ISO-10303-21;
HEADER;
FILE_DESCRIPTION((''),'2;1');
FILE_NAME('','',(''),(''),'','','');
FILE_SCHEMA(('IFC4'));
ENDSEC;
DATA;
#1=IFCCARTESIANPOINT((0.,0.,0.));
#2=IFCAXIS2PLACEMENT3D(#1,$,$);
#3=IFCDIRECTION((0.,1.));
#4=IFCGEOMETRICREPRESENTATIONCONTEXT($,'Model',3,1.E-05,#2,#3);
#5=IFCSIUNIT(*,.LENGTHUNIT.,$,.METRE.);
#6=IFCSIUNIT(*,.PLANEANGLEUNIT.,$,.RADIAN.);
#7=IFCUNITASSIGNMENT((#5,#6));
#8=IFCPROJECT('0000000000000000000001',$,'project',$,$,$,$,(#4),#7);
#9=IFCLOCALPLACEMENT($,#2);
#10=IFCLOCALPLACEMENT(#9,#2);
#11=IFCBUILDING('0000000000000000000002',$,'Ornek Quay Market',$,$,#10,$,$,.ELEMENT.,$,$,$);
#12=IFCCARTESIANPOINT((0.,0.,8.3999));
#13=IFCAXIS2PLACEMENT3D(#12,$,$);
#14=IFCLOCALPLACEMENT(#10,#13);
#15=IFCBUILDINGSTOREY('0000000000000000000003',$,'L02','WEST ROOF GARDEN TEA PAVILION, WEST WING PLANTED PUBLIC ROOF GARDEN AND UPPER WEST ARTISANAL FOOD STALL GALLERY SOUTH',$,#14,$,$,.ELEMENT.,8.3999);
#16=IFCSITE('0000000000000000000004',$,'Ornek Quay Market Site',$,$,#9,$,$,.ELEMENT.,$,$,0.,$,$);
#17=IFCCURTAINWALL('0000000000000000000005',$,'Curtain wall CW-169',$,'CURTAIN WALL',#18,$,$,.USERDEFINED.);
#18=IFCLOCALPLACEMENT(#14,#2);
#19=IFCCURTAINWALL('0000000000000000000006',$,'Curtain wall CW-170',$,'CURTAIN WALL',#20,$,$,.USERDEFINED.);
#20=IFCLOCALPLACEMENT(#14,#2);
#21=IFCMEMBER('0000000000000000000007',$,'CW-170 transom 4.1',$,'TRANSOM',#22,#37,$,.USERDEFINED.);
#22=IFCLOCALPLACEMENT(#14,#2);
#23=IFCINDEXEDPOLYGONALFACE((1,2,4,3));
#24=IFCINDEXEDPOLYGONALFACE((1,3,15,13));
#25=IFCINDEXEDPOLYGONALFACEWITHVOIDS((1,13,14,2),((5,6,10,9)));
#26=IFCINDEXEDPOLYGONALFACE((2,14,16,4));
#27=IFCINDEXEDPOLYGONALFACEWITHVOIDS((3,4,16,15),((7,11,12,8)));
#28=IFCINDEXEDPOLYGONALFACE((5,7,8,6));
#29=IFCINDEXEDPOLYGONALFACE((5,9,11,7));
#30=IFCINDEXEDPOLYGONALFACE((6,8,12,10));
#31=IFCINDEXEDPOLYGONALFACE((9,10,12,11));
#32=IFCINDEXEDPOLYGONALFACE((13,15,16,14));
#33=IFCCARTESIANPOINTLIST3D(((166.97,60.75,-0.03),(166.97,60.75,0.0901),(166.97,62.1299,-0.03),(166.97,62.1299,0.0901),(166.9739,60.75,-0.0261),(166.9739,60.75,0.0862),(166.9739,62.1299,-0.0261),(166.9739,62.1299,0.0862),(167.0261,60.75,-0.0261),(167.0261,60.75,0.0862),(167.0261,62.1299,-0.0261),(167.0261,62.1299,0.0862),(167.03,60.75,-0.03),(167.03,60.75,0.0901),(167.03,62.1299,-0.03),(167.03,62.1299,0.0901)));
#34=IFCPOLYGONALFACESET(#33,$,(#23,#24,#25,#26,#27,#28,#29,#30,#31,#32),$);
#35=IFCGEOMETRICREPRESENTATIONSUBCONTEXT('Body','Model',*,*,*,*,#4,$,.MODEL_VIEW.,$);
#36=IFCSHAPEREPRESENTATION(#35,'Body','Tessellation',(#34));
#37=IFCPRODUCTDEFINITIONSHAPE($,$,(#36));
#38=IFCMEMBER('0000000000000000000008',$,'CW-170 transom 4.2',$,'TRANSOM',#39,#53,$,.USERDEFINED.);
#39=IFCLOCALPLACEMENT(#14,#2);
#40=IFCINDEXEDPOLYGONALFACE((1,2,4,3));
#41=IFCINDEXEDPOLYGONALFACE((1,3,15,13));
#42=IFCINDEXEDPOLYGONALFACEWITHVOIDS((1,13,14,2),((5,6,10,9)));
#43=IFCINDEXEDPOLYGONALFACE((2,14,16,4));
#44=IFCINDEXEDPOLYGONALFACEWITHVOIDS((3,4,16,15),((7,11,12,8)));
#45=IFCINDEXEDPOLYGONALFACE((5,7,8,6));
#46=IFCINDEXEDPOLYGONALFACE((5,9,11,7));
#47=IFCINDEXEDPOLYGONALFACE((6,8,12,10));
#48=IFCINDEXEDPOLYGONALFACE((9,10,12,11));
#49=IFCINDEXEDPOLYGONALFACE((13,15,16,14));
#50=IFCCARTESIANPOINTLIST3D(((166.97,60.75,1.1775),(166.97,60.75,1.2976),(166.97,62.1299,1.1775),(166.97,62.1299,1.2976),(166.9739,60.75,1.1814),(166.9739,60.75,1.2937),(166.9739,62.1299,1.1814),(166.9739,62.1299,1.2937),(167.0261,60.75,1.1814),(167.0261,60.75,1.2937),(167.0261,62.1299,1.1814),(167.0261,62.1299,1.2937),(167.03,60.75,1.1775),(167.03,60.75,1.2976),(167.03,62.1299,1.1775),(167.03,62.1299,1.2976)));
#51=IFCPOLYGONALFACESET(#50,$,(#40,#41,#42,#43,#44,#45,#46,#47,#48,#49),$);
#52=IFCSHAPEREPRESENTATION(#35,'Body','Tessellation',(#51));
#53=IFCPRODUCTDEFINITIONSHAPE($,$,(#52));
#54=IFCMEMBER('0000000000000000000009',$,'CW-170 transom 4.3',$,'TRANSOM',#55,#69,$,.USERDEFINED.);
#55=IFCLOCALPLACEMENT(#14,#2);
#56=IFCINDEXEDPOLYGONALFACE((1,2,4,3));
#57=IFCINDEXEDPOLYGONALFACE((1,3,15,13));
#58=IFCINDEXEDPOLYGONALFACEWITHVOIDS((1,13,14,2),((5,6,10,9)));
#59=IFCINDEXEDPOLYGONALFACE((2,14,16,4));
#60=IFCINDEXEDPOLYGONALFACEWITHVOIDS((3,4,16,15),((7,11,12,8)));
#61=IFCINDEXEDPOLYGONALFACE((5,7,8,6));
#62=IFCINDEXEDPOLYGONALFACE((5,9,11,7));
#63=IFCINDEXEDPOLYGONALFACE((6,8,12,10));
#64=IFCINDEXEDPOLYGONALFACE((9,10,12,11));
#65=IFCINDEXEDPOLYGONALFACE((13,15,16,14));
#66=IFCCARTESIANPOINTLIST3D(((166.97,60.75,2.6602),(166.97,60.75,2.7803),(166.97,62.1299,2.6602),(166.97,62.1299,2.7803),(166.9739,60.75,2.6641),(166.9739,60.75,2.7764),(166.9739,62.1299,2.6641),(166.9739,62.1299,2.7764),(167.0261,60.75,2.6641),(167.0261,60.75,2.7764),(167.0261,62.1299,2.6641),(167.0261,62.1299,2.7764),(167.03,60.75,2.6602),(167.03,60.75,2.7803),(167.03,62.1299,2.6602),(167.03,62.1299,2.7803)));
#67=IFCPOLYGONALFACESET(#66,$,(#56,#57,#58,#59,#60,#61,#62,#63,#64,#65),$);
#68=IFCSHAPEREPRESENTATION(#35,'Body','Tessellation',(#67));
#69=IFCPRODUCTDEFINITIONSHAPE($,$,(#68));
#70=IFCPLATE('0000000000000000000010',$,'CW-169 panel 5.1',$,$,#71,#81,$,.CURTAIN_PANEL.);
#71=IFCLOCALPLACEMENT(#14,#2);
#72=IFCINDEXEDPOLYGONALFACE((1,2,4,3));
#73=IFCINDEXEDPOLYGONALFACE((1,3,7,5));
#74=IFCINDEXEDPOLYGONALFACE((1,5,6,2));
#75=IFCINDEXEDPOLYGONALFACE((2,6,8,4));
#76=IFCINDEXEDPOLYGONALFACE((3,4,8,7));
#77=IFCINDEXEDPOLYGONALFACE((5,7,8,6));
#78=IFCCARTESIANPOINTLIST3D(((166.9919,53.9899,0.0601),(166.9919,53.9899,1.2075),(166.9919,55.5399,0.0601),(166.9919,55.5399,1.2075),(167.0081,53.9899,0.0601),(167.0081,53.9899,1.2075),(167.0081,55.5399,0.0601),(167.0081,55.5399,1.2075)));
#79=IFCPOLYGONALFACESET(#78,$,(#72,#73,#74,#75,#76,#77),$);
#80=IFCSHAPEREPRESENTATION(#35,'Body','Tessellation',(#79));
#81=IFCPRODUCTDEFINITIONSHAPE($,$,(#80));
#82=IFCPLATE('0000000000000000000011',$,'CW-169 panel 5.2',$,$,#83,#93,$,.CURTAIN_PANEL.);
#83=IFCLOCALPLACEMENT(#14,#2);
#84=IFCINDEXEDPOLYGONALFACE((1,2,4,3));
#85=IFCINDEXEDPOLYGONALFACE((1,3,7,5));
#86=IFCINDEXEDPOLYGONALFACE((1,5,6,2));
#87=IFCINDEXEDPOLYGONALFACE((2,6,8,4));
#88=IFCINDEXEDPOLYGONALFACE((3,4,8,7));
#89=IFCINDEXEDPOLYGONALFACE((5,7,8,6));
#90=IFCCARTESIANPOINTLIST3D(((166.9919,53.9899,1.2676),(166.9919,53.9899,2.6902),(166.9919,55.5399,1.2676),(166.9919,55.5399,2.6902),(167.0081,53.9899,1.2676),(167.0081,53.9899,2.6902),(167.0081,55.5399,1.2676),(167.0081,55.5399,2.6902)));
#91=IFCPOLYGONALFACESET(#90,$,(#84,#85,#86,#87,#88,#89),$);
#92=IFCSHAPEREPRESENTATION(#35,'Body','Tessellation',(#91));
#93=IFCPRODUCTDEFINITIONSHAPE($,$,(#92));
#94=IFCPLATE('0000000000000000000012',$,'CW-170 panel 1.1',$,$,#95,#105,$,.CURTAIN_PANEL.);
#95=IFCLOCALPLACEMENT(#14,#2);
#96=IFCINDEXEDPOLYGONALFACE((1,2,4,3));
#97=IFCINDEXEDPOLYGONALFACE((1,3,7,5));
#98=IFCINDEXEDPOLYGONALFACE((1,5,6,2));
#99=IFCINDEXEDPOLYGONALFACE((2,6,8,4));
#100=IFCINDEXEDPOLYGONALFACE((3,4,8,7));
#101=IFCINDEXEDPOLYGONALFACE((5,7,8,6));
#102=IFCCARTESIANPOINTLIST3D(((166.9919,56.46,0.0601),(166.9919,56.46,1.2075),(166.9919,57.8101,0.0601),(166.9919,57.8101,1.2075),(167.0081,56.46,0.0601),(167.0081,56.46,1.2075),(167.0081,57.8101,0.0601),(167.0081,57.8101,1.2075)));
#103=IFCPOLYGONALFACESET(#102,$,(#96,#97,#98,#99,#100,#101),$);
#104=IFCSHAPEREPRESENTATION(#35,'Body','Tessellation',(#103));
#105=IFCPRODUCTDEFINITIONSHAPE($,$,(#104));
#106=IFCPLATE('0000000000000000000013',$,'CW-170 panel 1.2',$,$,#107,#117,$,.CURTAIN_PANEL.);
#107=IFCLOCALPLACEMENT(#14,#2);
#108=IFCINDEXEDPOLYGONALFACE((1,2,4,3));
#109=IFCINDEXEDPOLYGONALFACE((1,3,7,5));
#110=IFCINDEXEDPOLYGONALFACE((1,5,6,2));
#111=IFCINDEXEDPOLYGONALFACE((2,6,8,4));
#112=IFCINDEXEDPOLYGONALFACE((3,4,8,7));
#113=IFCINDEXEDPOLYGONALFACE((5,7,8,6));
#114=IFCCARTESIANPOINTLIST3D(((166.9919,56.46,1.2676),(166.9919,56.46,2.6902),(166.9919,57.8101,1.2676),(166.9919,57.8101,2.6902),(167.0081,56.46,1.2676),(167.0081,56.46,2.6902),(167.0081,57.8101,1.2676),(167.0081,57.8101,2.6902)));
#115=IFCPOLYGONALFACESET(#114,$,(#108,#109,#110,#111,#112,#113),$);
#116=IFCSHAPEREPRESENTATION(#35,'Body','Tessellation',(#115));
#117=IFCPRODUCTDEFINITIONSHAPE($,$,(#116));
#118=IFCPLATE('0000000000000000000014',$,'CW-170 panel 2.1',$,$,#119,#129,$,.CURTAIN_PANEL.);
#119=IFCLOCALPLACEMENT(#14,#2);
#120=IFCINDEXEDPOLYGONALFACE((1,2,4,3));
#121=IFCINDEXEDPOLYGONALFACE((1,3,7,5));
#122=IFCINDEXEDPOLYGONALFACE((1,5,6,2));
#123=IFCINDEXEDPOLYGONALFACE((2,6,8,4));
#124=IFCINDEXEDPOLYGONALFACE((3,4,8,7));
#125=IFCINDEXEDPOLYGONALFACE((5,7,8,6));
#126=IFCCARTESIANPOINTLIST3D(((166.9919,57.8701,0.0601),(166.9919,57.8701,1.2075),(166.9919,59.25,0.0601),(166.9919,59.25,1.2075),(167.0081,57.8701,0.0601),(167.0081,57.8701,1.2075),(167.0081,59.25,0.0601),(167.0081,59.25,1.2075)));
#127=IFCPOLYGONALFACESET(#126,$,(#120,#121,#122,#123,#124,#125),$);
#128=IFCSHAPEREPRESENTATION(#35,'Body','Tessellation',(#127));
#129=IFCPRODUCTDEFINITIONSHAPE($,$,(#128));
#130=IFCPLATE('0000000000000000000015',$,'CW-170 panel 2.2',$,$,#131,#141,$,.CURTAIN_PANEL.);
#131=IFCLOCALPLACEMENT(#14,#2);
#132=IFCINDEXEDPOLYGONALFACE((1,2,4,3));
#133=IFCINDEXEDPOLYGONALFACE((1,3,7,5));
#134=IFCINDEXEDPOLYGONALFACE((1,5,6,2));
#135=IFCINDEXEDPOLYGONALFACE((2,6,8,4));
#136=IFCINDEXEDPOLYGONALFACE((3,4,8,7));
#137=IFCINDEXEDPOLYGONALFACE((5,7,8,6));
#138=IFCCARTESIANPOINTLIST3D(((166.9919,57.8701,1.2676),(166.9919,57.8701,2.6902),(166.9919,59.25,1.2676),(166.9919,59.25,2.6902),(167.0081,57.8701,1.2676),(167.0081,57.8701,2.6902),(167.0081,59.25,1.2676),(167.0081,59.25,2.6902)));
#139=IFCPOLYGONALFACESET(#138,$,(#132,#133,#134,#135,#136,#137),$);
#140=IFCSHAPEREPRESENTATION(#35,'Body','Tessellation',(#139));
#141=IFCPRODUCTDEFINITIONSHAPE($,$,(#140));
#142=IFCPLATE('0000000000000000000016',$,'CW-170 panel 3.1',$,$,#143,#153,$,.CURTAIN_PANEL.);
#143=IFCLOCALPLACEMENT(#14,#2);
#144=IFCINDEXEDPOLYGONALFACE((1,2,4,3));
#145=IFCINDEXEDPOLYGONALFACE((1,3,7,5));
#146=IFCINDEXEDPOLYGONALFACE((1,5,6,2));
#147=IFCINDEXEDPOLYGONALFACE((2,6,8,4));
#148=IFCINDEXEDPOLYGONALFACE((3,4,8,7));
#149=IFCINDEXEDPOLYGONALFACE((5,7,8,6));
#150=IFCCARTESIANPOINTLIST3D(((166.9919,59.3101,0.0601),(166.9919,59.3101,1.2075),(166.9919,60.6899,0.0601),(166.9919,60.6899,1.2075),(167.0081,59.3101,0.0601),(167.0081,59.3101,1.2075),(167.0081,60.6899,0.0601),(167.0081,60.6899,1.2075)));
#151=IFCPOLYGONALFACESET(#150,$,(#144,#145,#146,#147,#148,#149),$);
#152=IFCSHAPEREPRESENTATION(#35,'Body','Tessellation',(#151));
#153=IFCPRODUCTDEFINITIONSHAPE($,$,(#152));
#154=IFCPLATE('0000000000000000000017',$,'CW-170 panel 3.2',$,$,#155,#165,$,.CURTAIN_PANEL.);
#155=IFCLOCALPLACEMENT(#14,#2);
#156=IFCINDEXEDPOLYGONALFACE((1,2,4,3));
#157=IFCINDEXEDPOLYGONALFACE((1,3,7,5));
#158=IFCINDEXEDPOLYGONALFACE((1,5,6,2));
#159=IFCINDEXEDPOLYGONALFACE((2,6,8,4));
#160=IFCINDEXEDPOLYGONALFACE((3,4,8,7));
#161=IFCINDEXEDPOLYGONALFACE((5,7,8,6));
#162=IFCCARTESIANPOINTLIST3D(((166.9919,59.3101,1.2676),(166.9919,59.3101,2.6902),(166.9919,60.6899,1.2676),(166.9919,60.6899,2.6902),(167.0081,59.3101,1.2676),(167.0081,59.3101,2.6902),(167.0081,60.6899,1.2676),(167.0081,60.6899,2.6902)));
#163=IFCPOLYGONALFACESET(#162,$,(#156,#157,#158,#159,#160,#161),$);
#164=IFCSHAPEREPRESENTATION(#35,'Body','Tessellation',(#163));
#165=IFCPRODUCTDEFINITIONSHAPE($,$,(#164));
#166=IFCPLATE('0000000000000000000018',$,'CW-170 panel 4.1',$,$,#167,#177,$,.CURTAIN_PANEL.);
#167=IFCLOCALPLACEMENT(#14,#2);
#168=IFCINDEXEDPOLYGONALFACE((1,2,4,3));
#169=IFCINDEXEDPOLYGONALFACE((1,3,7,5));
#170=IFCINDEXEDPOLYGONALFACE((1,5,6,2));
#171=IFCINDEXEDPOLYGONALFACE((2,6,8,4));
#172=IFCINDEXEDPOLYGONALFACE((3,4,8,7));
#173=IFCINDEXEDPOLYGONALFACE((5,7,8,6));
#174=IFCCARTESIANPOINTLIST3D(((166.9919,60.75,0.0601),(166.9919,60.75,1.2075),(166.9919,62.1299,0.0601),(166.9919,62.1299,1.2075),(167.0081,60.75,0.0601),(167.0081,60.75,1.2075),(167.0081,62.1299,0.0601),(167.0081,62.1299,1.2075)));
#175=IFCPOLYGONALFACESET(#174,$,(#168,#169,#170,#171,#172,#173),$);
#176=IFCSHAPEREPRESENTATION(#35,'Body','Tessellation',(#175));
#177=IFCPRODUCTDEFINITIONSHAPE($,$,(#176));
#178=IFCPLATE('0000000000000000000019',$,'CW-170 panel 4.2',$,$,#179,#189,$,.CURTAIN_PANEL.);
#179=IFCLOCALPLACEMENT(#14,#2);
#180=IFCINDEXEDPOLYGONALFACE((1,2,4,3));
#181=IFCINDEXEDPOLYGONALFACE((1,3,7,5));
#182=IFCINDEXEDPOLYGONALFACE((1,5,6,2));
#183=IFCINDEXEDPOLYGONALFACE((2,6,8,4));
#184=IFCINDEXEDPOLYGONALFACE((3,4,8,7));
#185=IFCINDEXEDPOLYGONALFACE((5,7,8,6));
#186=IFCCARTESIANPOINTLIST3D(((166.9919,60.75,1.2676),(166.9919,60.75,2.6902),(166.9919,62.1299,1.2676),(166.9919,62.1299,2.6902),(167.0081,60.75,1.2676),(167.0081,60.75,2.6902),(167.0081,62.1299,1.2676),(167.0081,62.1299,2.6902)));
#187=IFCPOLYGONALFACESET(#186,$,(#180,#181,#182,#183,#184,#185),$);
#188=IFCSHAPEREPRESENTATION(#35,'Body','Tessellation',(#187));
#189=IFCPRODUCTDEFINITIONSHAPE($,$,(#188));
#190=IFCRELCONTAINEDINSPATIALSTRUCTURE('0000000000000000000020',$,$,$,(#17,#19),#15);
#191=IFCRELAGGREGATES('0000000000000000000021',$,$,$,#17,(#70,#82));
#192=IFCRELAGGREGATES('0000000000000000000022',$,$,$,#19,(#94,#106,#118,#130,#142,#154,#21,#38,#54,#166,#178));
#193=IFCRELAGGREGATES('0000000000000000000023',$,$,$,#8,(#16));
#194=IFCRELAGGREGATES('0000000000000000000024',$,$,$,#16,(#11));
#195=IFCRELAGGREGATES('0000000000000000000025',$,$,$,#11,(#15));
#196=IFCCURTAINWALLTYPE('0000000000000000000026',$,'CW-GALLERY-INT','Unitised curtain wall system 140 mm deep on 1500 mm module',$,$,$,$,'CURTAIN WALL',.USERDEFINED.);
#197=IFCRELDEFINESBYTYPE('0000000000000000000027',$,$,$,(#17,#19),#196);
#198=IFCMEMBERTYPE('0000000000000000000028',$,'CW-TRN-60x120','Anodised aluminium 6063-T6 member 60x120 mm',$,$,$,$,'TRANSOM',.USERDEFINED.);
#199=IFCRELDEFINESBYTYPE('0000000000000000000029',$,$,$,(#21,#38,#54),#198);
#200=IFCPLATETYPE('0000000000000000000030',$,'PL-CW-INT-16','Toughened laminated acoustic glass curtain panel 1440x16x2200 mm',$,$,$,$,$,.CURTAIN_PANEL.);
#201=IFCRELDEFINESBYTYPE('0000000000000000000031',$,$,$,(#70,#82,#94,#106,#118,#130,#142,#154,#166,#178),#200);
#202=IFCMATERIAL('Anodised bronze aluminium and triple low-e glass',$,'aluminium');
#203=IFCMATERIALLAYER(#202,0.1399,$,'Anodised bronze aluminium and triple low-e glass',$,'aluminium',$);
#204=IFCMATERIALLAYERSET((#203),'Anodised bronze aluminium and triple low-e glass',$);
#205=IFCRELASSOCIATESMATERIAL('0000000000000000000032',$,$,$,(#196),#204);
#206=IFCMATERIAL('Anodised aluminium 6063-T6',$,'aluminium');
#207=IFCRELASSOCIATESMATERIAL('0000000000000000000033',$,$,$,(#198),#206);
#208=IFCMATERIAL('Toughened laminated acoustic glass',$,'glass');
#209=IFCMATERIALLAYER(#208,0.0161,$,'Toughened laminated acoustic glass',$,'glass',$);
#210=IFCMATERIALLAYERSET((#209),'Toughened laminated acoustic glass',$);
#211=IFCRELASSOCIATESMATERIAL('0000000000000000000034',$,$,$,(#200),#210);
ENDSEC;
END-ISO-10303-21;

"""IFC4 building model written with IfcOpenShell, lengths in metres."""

from ifc_helpers import new_model, si_unit, direction, frame, origin, origin_2d, place, context, subcontext, project, spatial, rectangle, hollow_rectangle, extrude, material, layer, layer_set, material_profile, profile_set, type_object, element, aggregate, save


model = new_model("IFC4")

# Units and contexts
model_context = context("Model", 3, precision=1e-05, world=origin(), true_north=direction((0.0, 1.0)))
body_context = subcontext(model_context, "Body", "Model", "MODEL_VIEW")
ifc_project = project(units=[si_unit("LENGTHUNIT", "METRE"), si_unit("PLANEANGLEUNIT", "RADIAN")], contexts=[model_context])

# Site, building, storey
site_placement = place(None, origin())
site = spatial("IfcSite", under=ifc_project, at=site_placement, Name="Ornek Quay Market Site", CompositionType="ELEMENT", RefElevation=0.0)
building_placement = place(site_placement, origin())
building = spatial("IfcBuilding", under=site, at=building_placement, Name="Ornek Quay Market", CompositionType="ELEMENT")
storey_placement = place(building_placement, frame((0.0, 0.0, 8.3999)))
storey = spatial("IfcBuildingStorey", under=building, at=storey_placement, Name="L02", Description="WEST ROOF GARDEN TEA PAVILION, WEST WING PLANTED PUBLIC ROOF GARDEN AND UPPER WEST ARTISANAL FOOD STALL GALLERY SOUTH", CompositionType="ELEMENT", Elevation=8.3999)

# Curtain wall
ifc_material_1 = material(Name="Anodised bronze aluminium and triple low-e glass", Category="aluminium")
ifc_layer_1 = layer(ifc_material_1, 0.1399, Name="Anodised bronze aluminium and triple low-e glass", Category="aluminium")
ifc_layer_set_1 = layer_set([ifc_layer_1], Name="Anodised bronze aluminium and triple low-e glass")
curtain_wall_type = type_object("IfcCurtainWallType", Name="CW-GALLERY-INT", Description="Unitised curtain wall system 140 mm deep on 1500 mm module", ElementType="CURTAIN WALL", PredefinedType="USERDEFINED", material=ifc_layer_set_1)
curtain_wall_1_placement = place(storey_placement, origin())
curtain_wall_1 = element("IfcCurtainWall", 1, at=curtain_wall_1_placement, inside=storey, type_object=curtain_wall_type, Name="Curtain wall CW-169", ObjectType="CURTAIN WALL", PredefinedType="USERDEFINED")
ifc_material_2 = material(Name="Anodised aluminium 6063-T6", Category="aluminium")

# Curtain wall
curtain_wall_2_placement = place(storey_placement, origin())
curtain_wall_2 = element("IfcCurtainWall", 2, at=curtain_wall_2_placement, inside=storey, type_object=curtain_wall_type, Name="Curtain wall CW-170", ObjectType="CURTAIN WALL", PredefinedType="USERDEFINED")

# Members
ifc_material_profile_1 = material_profile(ifc_material_2, hollow_rectangle(XDim=0.0601, YDim=0.1201, WallThickness=0.0039, at=origin_2d()), Name="CW-TRN-60x120", Category="aluminium")
ifc_profile_set_1 = profile_set([ifc_material_profile_1], Name="Anodised aluminium 6063-T6")
member_type_1 = type_object("IfcMemberType", Name="CW-TRN-60x120", Description="Anodised aluminium 6063-T6 member 60x120 mm", ElementType="TRANSOM", PredefinedType="USERDEFINED", material=ifc_profile_set_1)
member_1_placement = place(storey_placement, frame((167.0, 60.75, 0.03), z_axis=(0.0, 1.0, 0.0), x_axis=(-1.0, 0.0, 0.0)))
member_1 = element("IfcMember", 3, at=member_1_placement, type_object=member_type_1, Name="CW-170 transom 4.1", ObjectType="TRANSOM", PredefinedType="USERDEFINED", context=body_context, shape_type="SweptSolid", body=[
    extrude(hollow_rectangle(XDim=0.0601, YDim=0.1201, WallThickness=0.0039, at=origin_2d()), origin(), (0.0, 0.0, 1.0), 1.3799),
])
member_2_placement = place(storey_placement, frame((167.0, 60.75, 1.2375), z_axis=(0.0, 1.0, 0.0), x_axis=(-1.0, 0.0, 0.0)))
member_2 = element("IfcMember", 4, at=member_2_placement, type_object=member_type_1, Name="CW-170 transom 4.2", ObjectType="TRANSOM", PredefinedType="USERDEFINED", context=body_context, shape_type="SweptSolid", body=[
    extrude(hollow_rectangle(XDim=0.0601, YDim=0.1201, WallThickness=0.0039, at=origin_2d()), origin(), (0.0, 0.0, 1.0), 1.3799),
])
member_3_placement = place(storey_placement, frame((167.0, 60.75, 2.7202), z_axis=(0.0, 1.0, 0.0), x_axis=(-1.0, 0.0, 0.0)))
member_3 = element("IfcMember", 5, at=member_3_placement, type_object=member_type_1, Name="CW-170 transom 4.3", ObjectType="TRANSOM", PredefinedType="USERDEFINED", context=body_context, shape_type="SweptSolid", body=[
    extrude(hollow_rectangle(XDim=0.0601, YDim=0.1201, WallThickness=0.0039, at=origin_2d()), origin(), (0.0, 0.0, 1.0), 1.3799),
])

# Plates
ifc_material_3 = material(Name="Toughened laminated acoustic glass", Category="glass")
ifc_layer_2 = layer(ifc_material_3, 0.0161, Name="Toughened laminated acoustic glass", Category="glass")
ifc_layer_set_2 = layer_set([ifc_layer_2], Name="Toughened laminated acoustic glass")
plate_type = type_object("IfcPlateType", Name="PL-CW-INT-16", Description="Toughened laminated acoustic glass curtain panel 1440x16x2200 mm", PredefinedType="CURTAIN_PANEL", material=ifc_layer_set_2)
plate_1_placement = place(storey_placement, frame((167.0, 54.7649, 0.0601), z_axis=(0.0, 0.0, 1.0), x_axis=(0.0, 1.0, 0.0)))
plate_1 = element("IfcPlate", 6, at=plate_1_placement, type_object=plate_type, Name="CW-169 panel 5.1", PredefinedType="CURTAIN_PANEL", context=body_context, shape_type="SweptSolid", body=[
    extrude(rectangle(XDim=1.55, YDim=0.0161, at=origin_2d()), origin(), (0.0, 0.0, 1.0), 1.1475),
])
plate_2_placement = place(storey_placement, frame((167.0, 54.7649, 1.2676), z_axis=(0.0, 0.0, 1.0), x_axis=(0.0, 1.0, 0.0)))
plate_2 = element("IfcPlate", 7, at=plate_2_placement, type_object=plate_type, Name="CW-169 panel 5.2", PredefinedType="CURTAIN_PANEL", context=body_context, shape_type="SweptSolid", body=[
    extrude(rectangle(XDim=1.55, YDim=0.0161, at=origin_2d()), origin(), (0.0, 0.0, 1.0), 1.4226),
])
aggregate(curtain_wall_1, [plate_1, plate_2])
plate_3_placement = place(storey_placement, frame((167.0, 57.135, 0.0601), z_axis=(0.0, 0.0, 1.0), x_axis=(0.0, 1.0, 0.0)))
plate_3 = element("IfcPlate", 8, at=plate_3_placement, type_object=plate_type, Name="CW-170 panel 1.1", PredefinedType="CURTAIN_PANEL", context=body_context, shape_type="SweptSolid", body=[
    extrude(rectangle(XDim=1.3501, YDim=0.0161, at=origin_2d()), origin(), (0.0, 0.0, 1.0), 1.1475),
])
plate_4_placement = place(storey_placement, frame((167.0, 57.135, 1.2676), z_axis=(0.0, 0.0, 1.0), x_axis=(0.0, 1.0, 0.0)))
plate_4 = element("IfcPlate", 9, at=plate_4_placement, type_object=plate_type, Name="CW-170 panel 1.2", PredefinedType="CURTAIN_PANEL", context=body_context, shape_type="SweptSolid", body=[
    extrude(rectangle(XDim=1.3501, YDim=0.0161, at=origin_2d()), origin(), (0.0, 0.0, 1.0), 1.4226),
])
plate_5_placement = place(storey_placement, frame((167.0, 58.5601, 0.0601), z_axis=(0.0, 0.0, 1.0), x_axis=(0.0, 1.0, 0.0)))
plate_5 = element("IfcPlate", 10, at=plate_5_placement, type_object=plate_type, Name="CW-170 panel 2.1", PredefinedType="CURTAIN_PANEL", context=body_context, shape_type="SweptSolid", body=[
    extrude(rectangle(XDim=1.3799, YDim=0.0161, at=origin_2d()), origin(), (0.0, 0.0, 1.0), 1.1475),
])
plate_6_placement = place(storey_placement, frame((167.0, 58.5601, 1.2676), z_axis=(0.0, 0.0, 1.0), x_axis=(0.0, 1.0, 0.0)))
plate_6 = element("IfcPlate", 11, at=plate_6_placement, type_object=plate_type, Name="CW-170 panel 2.2", PredefinedType="CURTAIN_PANEL", context=body_context, shape_type="SweptSolid", body=[
    extrude(rectangle(XDim=1.3799, YDim=0.0161, at=origin_2d()), origin(), (0.0, 0.0, 1.0), 1.4226),
])
plate_7_placement = place(storey_placement, frame((167.0, 60.0, 0.0601), z_axis=(0.0, 0.0, 1.0), x_axis=(0.0, 1.0, 0.0)))
plate_7 = element("IfcPlate", 12, at=plate_7_placement, type_object=plate_type, Name="CW-170 panel 3.1", PredefinedType="CURTAIN_PANEL", context=body_context, shape_type="SweptSolid", body=[
    extrude(rectangle(XDim=1.3799, YDim=0.0161, at=origin_2d()), origin(), (0.0, 0.0, 1.0), 1.1475),
])
plate_8_placement = place(storey_placement, frame((167.0, 60.0, 1.2676), z_axis=(0.0, 0.0, 1.0), x_axis=(0.0, 1.0, 0.0)))
plate_8 = element("IfcPlate", 13, at=plate_8_placement, type_object=plate_type, Name="CW-170 panel 3.2", PredefinedType="CURTAIN_PANEL", context=body_context, shape_type="SweptSolid", body=[
    extrude(rectangle(XDim=1.3799, YDim=0.0161, at=origin_2d()), origin(), (0.0, 0.0, 1.0), 1.4226),
])
plate_9_placement = place(storey_placement, frame((167.0, 61.4399, 0.0601), z_axis=(0.0, 0.0, 1.0), x_axis=(0.0, 1.0, 0.0)))
plate_9 = element("IfcPlate", 14, at=plate_9_placement, type_object=plate_type, Name="CW-170 panel 4.1", PredefinedType="CURTAIN_PANEL", context=body_context, shape_type="SweptSolid", body=[
    extrude(rectangle(XDim=1.3799, YDim=0.0161, at=origin_2d()), origin(), (0.0, 0.0, 1.0), 1.1475),
])
plate_10_placement = place(storey_placement, frame((167.0, 61.4399, 1.2676), z_axis=(0.0, 0.0, 1.0), x_axis=(0.0, 1.0, 0.0)))
plate_10 = element("IfcPlate", 15, at=plate_10_placement, type_object=plate_type, Name="CW-170 panel 4.2", PredefinedType="CURTAIN_PANEL", context=body_context, shape_type="SweptSolid", body=[
    extrude(rectangle(XDim=1.3799, YDim=0.0161, at=origin_2d()), origin(), (0.0, 0.0, 1.0), 1.4226),
])
aggregate(curtain_wall_2, [plate_3, plate_4, plate_5, plate_6, plate_7, plate_8, member_1, member_2, member_3, plate_9, plate_10])

save(model, "model.ifc")
